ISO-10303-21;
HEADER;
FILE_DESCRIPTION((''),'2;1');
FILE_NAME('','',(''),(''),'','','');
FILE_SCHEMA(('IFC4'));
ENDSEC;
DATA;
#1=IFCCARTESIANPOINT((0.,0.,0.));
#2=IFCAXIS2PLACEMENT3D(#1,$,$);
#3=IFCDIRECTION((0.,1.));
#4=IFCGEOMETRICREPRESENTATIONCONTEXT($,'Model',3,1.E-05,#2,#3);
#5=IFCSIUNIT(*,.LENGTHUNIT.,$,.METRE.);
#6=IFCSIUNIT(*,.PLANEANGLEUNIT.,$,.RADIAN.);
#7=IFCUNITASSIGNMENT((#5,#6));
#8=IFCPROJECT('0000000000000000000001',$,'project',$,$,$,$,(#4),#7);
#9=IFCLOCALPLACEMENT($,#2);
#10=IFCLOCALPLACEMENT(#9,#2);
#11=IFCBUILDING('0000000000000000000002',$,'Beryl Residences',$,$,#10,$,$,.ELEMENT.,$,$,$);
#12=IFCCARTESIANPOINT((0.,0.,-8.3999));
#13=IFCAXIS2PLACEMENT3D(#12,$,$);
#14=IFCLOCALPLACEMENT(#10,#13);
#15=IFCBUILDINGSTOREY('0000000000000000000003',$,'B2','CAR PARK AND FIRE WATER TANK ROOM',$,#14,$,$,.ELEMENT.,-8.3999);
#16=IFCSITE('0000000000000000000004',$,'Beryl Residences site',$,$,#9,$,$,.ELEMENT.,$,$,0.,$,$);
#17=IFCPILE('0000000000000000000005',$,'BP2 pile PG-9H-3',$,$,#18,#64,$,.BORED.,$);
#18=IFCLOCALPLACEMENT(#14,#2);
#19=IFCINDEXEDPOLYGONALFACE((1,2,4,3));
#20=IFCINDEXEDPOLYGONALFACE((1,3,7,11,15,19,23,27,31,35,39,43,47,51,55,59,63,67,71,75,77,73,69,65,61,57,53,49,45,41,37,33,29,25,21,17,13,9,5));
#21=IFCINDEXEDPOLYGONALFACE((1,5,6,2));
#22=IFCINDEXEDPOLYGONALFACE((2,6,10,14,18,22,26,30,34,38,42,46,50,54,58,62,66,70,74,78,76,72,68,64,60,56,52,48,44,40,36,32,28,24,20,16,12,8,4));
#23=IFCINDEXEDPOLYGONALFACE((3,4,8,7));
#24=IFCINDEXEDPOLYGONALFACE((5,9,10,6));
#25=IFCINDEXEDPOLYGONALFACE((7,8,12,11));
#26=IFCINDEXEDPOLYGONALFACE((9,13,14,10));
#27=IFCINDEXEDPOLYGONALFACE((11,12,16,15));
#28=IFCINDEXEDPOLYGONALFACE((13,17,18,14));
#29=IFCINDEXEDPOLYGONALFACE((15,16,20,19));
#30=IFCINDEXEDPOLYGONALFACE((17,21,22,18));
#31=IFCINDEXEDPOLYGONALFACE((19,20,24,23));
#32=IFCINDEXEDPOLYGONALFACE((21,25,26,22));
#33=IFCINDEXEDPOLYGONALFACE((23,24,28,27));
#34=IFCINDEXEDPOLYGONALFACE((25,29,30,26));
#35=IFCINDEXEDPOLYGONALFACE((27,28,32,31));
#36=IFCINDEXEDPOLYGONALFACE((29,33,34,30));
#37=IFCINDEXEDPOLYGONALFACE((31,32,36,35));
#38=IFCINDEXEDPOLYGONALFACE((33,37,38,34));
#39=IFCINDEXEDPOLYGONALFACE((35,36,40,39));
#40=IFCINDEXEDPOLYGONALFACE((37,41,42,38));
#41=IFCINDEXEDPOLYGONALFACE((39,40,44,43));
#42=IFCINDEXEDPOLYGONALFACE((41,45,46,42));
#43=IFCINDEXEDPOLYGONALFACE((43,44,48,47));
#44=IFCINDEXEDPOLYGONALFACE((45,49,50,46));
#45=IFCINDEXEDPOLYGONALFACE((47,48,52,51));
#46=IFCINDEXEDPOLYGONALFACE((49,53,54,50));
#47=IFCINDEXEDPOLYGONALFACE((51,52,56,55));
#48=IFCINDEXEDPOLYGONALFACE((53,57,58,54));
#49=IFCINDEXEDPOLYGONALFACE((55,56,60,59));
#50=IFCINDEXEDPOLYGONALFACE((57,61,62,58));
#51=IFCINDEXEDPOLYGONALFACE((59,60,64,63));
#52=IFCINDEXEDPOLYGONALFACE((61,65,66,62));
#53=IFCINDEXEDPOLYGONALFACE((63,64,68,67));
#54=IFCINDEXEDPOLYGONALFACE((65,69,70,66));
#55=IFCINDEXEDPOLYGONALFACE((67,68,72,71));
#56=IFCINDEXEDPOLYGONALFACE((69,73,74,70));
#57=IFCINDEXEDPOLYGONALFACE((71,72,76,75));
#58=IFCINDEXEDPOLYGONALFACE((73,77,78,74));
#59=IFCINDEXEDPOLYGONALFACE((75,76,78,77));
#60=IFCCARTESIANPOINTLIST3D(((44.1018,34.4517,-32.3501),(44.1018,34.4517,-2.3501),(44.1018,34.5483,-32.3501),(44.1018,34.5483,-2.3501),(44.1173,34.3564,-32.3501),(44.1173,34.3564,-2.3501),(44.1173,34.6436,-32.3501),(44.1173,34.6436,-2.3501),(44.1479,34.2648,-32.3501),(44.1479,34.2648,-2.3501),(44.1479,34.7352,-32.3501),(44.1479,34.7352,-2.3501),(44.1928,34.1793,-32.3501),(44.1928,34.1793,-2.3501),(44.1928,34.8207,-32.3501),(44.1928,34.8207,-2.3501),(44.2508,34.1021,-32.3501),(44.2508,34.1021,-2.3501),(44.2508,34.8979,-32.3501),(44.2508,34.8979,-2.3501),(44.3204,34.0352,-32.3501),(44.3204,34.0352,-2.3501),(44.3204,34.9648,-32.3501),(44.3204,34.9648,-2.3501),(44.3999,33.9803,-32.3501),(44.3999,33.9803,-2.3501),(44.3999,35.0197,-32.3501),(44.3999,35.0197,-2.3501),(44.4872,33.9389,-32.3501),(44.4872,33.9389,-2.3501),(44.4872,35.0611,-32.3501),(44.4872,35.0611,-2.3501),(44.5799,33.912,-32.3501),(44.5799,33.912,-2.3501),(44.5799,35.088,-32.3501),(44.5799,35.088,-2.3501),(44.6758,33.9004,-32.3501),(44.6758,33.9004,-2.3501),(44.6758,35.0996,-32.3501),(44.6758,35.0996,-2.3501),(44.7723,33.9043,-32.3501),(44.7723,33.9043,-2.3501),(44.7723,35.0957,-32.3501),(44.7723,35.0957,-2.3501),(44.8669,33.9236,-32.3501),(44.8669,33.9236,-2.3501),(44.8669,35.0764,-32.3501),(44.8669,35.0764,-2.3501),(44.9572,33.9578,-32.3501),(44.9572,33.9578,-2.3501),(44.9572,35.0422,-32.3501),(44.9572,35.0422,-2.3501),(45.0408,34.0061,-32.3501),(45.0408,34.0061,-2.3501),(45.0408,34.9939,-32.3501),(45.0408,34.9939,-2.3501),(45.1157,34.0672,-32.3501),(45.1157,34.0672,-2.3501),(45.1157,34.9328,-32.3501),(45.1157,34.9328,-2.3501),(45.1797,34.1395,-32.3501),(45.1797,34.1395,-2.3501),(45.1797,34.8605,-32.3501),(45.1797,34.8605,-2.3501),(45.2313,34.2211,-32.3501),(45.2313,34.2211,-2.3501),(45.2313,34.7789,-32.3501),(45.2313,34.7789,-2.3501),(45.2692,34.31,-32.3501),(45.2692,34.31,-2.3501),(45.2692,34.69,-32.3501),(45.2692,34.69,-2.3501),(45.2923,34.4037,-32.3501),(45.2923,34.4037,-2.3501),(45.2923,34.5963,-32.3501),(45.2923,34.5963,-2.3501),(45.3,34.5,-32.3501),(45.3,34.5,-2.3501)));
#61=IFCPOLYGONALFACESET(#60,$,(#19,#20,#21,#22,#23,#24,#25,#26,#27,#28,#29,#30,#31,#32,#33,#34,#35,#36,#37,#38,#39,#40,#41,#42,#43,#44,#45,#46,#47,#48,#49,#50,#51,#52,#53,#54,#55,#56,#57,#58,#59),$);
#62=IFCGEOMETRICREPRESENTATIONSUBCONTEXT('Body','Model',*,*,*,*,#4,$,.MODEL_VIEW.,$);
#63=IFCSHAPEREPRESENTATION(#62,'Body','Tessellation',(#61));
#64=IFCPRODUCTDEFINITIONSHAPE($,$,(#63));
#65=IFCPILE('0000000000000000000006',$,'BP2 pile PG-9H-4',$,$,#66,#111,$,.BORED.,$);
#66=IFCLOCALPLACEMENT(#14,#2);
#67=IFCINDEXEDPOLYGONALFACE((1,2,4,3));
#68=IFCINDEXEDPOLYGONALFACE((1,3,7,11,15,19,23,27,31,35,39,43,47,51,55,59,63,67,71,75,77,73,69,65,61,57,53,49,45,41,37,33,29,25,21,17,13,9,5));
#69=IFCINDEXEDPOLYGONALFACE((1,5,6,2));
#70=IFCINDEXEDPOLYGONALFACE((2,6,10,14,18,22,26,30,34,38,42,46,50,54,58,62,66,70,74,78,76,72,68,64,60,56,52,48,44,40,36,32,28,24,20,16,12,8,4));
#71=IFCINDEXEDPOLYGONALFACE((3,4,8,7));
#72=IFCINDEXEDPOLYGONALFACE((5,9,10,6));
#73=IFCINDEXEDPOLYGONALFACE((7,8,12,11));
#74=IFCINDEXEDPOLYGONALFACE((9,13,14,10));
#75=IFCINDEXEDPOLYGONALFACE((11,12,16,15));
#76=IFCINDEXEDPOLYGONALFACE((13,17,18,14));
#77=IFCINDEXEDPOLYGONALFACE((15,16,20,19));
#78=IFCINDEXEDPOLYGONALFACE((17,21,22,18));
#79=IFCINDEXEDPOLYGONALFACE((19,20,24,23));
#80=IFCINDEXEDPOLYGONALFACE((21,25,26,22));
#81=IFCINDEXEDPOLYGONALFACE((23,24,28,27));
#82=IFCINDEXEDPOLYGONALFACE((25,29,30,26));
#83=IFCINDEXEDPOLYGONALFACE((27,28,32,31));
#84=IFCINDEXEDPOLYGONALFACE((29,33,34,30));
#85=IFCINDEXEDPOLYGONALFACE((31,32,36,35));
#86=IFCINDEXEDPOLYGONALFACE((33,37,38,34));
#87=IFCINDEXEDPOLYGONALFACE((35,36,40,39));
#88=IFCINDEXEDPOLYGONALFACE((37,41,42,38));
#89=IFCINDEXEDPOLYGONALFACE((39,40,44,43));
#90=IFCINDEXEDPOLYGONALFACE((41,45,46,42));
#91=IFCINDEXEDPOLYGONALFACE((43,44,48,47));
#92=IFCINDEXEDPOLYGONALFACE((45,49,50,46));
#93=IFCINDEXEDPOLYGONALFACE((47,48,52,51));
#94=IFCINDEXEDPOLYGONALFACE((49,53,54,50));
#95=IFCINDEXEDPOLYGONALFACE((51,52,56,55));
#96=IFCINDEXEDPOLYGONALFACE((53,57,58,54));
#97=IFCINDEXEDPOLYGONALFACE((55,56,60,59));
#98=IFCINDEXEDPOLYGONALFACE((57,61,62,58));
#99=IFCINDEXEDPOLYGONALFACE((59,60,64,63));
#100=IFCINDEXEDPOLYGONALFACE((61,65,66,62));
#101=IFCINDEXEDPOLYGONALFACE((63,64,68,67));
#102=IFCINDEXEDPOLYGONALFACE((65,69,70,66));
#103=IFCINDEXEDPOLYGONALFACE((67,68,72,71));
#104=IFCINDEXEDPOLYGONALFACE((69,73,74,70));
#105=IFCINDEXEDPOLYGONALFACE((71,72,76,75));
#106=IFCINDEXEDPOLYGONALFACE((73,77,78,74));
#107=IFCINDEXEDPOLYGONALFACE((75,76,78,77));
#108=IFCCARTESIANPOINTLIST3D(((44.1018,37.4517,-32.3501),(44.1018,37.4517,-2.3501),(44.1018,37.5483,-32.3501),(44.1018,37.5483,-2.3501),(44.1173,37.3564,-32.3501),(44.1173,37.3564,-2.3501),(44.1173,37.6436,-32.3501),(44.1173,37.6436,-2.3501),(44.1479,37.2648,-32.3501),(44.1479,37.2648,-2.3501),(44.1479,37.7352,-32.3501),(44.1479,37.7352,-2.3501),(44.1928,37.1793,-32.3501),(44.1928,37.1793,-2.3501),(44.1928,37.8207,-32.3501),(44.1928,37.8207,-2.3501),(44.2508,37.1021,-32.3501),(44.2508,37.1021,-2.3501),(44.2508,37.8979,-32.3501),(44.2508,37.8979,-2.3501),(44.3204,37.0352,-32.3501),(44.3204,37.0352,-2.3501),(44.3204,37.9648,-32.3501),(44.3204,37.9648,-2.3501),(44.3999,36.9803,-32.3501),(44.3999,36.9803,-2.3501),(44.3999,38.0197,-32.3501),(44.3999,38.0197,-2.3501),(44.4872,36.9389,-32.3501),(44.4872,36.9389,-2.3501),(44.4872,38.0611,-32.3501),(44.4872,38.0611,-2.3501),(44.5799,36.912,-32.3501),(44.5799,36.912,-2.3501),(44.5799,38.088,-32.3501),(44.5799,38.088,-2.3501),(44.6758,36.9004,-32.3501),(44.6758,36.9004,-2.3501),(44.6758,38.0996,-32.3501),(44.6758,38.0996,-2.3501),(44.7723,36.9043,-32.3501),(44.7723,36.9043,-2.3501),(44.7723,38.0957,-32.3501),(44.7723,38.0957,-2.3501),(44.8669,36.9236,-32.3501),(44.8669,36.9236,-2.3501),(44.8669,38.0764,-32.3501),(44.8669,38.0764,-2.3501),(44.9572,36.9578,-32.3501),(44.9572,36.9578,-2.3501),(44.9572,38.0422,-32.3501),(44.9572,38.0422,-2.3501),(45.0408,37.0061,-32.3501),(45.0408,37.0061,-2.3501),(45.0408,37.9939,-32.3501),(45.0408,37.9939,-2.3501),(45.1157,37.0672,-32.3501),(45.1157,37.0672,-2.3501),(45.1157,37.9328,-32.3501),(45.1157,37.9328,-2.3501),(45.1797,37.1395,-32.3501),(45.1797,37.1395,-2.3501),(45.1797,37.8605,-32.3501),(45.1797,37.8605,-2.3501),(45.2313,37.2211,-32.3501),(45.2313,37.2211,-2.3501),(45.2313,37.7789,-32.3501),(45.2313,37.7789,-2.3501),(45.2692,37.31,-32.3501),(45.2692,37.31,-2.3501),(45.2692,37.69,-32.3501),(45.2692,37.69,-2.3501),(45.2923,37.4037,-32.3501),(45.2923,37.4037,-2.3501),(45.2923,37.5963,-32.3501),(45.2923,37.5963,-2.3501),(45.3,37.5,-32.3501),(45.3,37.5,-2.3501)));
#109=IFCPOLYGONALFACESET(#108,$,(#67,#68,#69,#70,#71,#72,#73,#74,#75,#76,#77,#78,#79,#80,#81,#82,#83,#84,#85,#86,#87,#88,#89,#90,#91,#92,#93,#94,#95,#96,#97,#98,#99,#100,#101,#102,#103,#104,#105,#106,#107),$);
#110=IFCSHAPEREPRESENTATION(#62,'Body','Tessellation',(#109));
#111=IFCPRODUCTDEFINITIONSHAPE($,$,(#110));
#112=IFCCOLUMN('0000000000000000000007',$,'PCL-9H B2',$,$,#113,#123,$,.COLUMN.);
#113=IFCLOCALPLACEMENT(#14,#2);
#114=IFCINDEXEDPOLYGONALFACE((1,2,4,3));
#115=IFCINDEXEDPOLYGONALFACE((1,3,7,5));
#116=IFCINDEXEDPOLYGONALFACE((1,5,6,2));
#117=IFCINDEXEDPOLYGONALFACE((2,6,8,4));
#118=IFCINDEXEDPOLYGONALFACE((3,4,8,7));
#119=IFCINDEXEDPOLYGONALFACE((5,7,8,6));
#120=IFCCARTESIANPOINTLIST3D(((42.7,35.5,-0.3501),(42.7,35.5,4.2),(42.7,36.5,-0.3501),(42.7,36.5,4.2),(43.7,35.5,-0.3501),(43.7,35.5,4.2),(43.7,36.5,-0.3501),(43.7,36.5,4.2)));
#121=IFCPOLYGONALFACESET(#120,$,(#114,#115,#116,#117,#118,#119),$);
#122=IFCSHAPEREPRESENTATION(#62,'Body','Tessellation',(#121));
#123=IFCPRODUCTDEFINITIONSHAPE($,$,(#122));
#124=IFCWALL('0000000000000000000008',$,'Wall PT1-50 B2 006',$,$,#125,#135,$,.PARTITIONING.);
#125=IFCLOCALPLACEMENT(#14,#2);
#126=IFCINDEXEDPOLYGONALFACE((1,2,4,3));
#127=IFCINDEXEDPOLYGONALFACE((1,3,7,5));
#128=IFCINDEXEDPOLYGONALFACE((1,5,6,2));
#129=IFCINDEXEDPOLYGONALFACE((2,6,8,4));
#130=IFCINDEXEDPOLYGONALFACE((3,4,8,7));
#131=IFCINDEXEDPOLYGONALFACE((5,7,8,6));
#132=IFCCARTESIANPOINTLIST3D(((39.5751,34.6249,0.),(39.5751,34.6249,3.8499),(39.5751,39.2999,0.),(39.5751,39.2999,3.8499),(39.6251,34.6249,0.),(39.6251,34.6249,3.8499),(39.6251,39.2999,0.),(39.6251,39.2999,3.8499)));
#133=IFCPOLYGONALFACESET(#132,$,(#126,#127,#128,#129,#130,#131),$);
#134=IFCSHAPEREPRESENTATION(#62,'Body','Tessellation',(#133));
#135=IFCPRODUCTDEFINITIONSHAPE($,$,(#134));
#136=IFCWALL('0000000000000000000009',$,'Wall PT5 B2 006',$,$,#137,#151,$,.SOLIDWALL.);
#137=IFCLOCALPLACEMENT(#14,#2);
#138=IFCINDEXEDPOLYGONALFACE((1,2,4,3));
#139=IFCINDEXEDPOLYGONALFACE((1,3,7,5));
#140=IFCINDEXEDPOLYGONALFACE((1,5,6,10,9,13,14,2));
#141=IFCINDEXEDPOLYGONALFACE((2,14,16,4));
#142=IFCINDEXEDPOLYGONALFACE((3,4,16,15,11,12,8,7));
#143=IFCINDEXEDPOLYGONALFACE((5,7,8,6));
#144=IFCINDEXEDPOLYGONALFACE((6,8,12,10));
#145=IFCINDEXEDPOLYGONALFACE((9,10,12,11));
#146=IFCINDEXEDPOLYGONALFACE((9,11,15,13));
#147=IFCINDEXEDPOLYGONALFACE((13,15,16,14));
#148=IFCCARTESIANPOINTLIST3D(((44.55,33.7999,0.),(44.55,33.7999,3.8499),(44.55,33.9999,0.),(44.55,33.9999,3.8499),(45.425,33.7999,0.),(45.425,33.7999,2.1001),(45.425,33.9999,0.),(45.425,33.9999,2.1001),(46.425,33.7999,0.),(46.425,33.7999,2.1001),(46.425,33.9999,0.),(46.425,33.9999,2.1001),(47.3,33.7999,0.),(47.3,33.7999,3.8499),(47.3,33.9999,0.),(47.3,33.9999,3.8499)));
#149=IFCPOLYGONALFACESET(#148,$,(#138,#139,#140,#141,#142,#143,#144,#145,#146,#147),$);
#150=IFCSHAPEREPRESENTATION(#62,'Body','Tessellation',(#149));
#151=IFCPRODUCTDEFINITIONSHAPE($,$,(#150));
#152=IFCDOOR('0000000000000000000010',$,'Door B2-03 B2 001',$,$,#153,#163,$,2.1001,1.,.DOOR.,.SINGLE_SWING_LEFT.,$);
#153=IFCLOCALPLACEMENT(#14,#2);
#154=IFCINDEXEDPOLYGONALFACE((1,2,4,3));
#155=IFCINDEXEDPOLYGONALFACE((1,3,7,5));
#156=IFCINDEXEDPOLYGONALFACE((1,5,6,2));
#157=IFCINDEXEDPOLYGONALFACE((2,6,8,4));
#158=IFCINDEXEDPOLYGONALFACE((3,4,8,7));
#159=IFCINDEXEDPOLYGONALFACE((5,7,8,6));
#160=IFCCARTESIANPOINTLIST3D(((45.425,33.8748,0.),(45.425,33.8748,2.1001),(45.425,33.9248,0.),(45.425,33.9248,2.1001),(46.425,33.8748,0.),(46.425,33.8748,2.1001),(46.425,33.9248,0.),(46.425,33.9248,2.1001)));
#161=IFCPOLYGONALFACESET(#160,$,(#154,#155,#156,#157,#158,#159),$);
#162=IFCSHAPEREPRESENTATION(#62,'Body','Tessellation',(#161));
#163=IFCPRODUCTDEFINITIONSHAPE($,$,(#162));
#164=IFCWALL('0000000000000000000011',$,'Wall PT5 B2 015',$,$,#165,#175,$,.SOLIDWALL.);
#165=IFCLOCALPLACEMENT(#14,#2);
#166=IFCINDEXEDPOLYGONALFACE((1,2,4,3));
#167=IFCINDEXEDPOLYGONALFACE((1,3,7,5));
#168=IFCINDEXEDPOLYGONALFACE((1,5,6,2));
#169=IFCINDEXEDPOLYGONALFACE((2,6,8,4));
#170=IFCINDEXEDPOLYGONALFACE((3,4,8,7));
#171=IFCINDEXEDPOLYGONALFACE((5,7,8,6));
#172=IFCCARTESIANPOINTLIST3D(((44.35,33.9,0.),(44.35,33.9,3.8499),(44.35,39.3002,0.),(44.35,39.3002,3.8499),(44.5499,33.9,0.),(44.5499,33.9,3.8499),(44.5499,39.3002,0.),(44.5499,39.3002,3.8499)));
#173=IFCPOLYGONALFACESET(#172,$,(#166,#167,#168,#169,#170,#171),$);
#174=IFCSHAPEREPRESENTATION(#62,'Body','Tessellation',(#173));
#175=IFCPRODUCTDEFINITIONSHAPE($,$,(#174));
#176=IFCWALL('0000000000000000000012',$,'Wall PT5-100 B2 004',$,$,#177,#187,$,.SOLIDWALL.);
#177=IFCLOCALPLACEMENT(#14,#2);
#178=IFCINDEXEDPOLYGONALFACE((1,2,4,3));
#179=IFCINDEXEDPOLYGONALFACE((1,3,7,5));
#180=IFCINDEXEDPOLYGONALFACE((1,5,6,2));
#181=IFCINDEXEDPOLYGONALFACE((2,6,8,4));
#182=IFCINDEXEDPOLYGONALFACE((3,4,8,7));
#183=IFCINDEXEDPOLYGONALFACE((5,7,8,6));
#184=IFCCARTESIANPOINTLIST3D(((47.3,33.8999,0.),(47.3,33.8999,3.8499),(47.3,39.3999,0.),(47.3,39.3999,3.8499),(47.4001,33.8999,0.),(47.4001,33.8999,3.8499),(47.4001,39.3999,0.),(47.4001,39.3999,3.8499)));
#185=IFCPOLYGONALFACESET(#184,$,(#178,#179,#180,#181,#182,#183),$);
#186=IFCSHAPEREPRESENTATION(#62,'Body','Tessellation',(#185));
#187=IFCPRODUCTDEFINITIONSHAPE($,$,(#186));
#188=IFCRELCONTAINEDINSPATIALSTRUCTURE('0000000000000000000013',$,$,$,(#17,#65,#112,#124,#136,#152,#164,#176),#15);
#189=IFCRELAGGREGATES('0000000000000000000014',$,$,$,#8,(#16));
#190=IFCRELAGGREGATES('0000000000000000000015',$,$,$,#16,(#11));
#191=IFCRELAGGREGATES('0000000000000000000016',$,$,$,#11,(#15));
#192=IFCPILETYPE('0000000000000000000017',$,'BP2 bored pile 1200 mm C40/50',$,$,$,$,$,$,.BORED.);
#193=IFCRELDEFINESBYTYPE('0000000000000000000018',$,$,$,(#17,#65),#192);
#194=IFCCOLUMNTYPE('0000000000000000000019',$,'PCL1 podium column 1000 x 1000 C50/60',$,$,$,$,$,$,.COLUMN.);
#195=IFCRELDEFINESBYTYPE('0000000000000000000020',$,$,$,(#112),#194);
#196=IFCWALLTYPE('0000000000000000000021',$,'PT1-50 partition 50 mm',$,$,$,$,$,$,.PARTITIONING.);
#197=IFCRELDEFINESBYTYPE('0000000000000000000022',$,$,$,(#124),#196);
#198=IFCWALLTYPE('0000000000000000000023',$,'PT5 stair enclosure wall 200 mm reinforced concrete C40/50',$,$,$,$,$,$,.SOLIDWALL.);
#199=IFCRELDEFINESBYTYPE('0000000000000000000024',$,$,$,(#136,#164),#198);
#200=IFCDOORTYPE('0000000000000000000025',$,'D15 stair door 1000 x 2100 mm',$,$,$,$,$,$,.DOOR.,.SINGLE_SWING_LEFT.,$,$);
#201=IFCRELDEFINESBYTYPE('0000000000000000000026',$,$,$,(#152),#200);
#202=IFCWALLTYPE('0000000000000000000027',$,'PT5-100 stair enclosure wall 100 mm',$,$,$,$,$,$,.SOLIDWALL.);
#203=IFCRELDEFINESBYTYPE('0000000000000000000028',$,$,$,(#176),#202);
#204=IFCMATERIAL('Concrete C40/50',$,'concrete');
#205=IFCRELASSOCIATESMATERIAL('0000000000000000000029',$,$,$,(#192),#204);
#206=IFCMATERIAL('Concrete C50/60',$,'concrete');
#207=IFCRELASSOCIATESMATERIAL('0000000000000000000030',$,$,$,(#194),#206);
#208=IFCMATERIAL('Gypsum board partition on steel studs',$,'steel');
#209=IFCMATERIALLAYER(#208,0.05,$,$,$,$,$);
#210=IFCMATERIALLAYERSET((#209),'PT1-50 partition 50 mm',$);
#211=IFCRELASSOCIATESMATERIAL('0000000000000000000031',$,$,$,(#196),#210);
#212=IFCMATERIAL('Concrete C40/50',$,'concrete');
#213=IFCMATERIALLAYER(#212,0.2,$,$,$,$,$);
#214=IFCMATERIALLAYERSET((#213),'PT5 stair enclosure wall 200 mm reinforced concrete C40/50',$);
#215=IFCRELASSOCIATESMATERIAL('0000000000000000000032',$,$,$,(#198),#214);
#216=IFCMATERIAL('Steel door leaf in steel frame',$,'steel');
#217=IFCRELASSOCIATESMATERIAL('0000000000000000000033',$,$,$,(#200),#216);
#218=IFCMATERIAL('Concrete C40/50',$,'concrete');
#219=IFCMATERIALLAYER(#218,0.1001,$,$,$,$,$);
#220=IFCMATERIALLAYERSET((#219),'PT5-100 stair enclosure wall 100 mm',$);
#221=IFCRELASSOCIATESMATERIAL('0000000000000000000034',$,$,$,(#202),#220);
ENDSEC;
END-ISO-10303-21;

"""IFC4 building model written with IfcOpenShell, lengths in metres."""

from ifc_helpers import new_model, si_unit, direction, frame, frame_2d, origin, origin_2d, place, context, subcontext, project, spatial, rectangle, circle, extrude, material, layer, layer_set, material_profile, profile_set, type_object, element, fill, save


model = new_model("IFC4")

# Units and contexts
model_context = context("Model", 3, precision=1e-05, world=origin(), true_north=direction((0.0, 1.0)))
body_context = subcontext(model_context, "Body", "Model", "MODEL_VIEW")
ifc_project = project(units=[si_unit("LENGTHUNIT", "METRE"), si_unit("PLANEANGLEUNIT", "RADIAN")], contexts=[model_context])

# Site, building, storey
site_placement = place(None, origin())
site = spatial("IfcSite", under=ifc_project, at=site_placement, Name="Beryl Residences site", CompositionType="ELEMENT", RefElevation=0.0)
building_placement = place(site_placement, origin())
building = spatial("IfcBuilding", under=site, at=building_placement, Name="Beryl Residences", CompositionType="ELEMENT")
storey_placement = place(building_placement, frame((0.0, 0.0, -8.3999)))
storey = spatial("IfcBuildingStorey", under=building, at=storey_placement, Name="B2", Description="CAR PARK AND FIRE WATER TANK ROOM", CompositionType="ELEMENT", Elevation=-8.3999)

# Piles
ifc_material_1 = material(Name="Concrete C40/50", Category="concrete")
ifc_material_profile_1 = material_profile(ifc_material_1, circle(Radius=0.6001, at=origin_2d()))
ifc_profile_set_1 = profile_set([ifc_material_profile_1], Name="Concrete C40/50")
pile_type = type_object("IfcPileType", Name="BP2 bored pile 1200 mm C40/50", PredefinedType="BORED", material=ifc_profile_set_1)
for number, where, z_axis, x_axis, name in (
    (1, (44.7, 34.5, -2.3501), (0.0, 0.0, -1.0), (1.0, 0.0, 0.0), "BP2 pile PG-9H-3"),
    (2, (44.7, 37.5, -2.3501), (0.0, 0.0, -1.0), (1.0, 0.0, 0.0), "BP2 pile PG-9H-4"),
):
    element("IfcPile", number, at=place(storey_placement, frame(where, z_axis=z_axis, x_axis=x_axis)), inside=storey, type_object=pile_type, Name=name, PredefinedType="BORED", context=body_context, shape_type="SweptSolid", body=[
        extrude(circle(Radius=0.6001, at=origin_2d()), origin(), (0.0, 0.0, 1.0), 30.0),
    ])

# Column
ifc_material_2 = material(Name="Concrete C50/60", Category="concrete")
ifc_material_profile_2 = material_profile(ifc_material_2, rectangle(XDim=1.0, YDim=1.0, at=origin_2d()))
ifc_profile_set_2 = profile_set([ifc_material_profile_2], Name="Concrete C50/60")
column_type = type_object("IfcColumnType", Name="PCL1 podium column 1000 x 1000 C50/60", PredefinedType="COLUMN", material=ifc_profile_set_2)
column_placement = place(storey_placement, frame((43.2, 36.0, -0.3501), z_axis=(0.0, 0.0, 1.0), x_axis=(1.0, 0.0, 0.0)))
element("IfcColumn", 3, at=column_placement, inside=storey, type_object=column_type, Name="PCL-9H B2", PredefinedType="COLUMN", context=body_context, shape_type="SweptSolid", body=[
    extrude(rectangle(XDim=1.0, YDim=1.0, at=origin_2d()), origin(), (0.0, 0.0, 1.0), 4.55),
])

# Wall
ifc_material_3 = material(Name="Gypsum board partition on steel studs", Category="steel")
ifc_layer_1 = layer(ifc_material_3, 0.05)
ifc_layer_set_1 = layer_set([ifc_layer_1], Name="PT1-50 partition 50 mm")
wall_type_1 = type_object("IfcWallType", Name="PT1-50 partition 50 mm", PredefinedType="PARTITIONING", material=ifc_layer_set_1)
wall_1_placement = place(storey_placement, frame((39.6001, 34.625, 0.0), z_axis=(0.0, 0.0, 1.0), x_axis=(0.0, 1.0, 0.0)))
element("IfcWall", 4, at=wall_1_placement, inside=storey, type_object=wall_type_1, Name="Wall PT1-50 B2 006", PredefinedType="PARTITIONING", context=body_context, shape_type="SweptSolid", body=[
    extrude(rectangle(XDim=4.675, YDim=0.05, at=frame_2d((2.3374, 0.0))), origin(), (0.0, 0.0, 1.0), 3.8499),
])

# Wall, opening, door
ifc_material_4 = material(Name="Concrete C40/50", Category="concrete")
ifc_layer_2 = layer(ifc_material_4, 0.2)
ifc_layer_set_2 = layer_set([ifc_layer_2], Name="PT5 stair enclosure wall 200 mm reinforced concrete C40/50")
wall_type_2 = type_object("IfcWallType", Name="PT5 stair enclosure wall 200 mm reinforced concrete C40/50", PredefinedType="SOLIDWALL", material=ifc_layer_set_2)
wall_2_placement = place(storey_placement, frame((44.55, 33.8999, 0.0), z_axis=(0.0, 0.0, 1.0), x_axis=(1.0, 0.0, 0.0)))
wall_2 = element("IfcWall", 5, at=wall_2_placement, inside=storey, type_object=wall_type_2, Name="Wall PT5 B2 006", PredefinedType="SOLIDWALL", context=body_context, shape_type="SweptSolid", body=[
    extrude(rectangle(XDim=2.75, YDim=0.2, at=frame_2d((1.375, 0.0))), origin(), (0.0, 0.0, 1.0), 3.8499),
])
opening_placement = place(wall_2_placement, frame((0.875, 0.0, 0.0)))
opening = element("IfcOpeningElement", 6, at=opening_placement, cuts=wall_2, PredefinedType="OPENING", context=body_context, shape_type="SweptSolid", body=[
    extrude(rectangle(XDim=1.0, YDim=2.1001, at=frame_2d((0.5, 1.05))), frame((0.0, 0.1099, 0.0), z_axis=(0.0, -1.0, 0.0), x_axis=(1.0, 0.0, 0.0)), (0.0, 0.0, 1.0), 0.22),
])
ifc_material_5 = material(Name="Steel door leaf in steel frame", Category="steel")
door_type = type_object("IfcDoorType", Name="D15 stair door 1000 x 2100 mm", OperationType="SINGLE_SWING_LEFT", PredefinedType="DOOR", material=ifc_material_5)
door_placement = place(opening_placement, origin())
door = element("IfcDoor", 7, at=door_placement, inside=storey, type_object=door_type, Name="Door B2-03 B2 001", OperationType="SINGLE_SWING_LEFT", OverallHeight=2.1001, OverallWidth=1.0, PredefinedType="DOOR", context=body_context, shape_type="SweptSolid", body=[
    extrude(rectangle(XDim=1.0, YDim=2.1001, at=frame_2d((0.5, 1.05))), frame((0.0, 0.0249, 0.0), z_axis=(0.0, -1.0, 0.0), x_axis=(1.0, 0.0, 0.0)), (0.0, 0.0, 1.0), 0.05),
])
fill(opening, door)

# Walls
wall_3_placement = place(storey_placement, frame((44.45, 33.8999, 0.0), z_axis=(0.0, 0.0, 1.0), x_axis=(0.0, 1.0, 0.0)))
element("IfcWall", 8, at=wall_3_placement, inside=storey, type_object=wall_type_2, Name="Wall PT5 B2 015", PredefinedType="SOLIDWALL", context=body_context, shape_type="SweptSolid", body=[
    extrude(rectangle(XDim=5.4001, YDim=0.2, at=frame_2d((2.7002, 0.0))), origin(), (0.0, 0.0, 1.0), 3.8499),
])
ifc_material_6 = material(Name="Concrete C40/50", Category="concrete")
ifc_layer_3 = layer(ifc_material_6, 0.1001)
ifc_layer_set_3 = layer_set([ifc_layer_3], Name="PT5-100 stair enclosure wall 100 mm")
wall_type_3 = type_object("IfcWallType", Name="PT5-100 stair enclosure wall 100 mm", PredefinedType="SOLIDWALL", material=ifc_layer_set_3)
wall_4_placement = place(storey_placement, frame((47.3501, 33.8999, 0.0), z_axis=(0.0, 0.0, 1.0), x_axis=(0.0, 1.0, 0.0)))
element("IfcWall", 9, at=wall_4_placement, inside=storey, type_object=wall_type_3, Name="Wall PT5-100 B2 004", PredefinedType="SOLIDWALL", context=body_context, shape_type="SweptSolid", body=[
    extrude(rectangle(XDim=5.5, YDim=0.1001, at=frame_2d((2.75, 0.0))), origin(), (0.0, 0.0, 1.0), 3.8499),
])

save(model, "model.ifc")
